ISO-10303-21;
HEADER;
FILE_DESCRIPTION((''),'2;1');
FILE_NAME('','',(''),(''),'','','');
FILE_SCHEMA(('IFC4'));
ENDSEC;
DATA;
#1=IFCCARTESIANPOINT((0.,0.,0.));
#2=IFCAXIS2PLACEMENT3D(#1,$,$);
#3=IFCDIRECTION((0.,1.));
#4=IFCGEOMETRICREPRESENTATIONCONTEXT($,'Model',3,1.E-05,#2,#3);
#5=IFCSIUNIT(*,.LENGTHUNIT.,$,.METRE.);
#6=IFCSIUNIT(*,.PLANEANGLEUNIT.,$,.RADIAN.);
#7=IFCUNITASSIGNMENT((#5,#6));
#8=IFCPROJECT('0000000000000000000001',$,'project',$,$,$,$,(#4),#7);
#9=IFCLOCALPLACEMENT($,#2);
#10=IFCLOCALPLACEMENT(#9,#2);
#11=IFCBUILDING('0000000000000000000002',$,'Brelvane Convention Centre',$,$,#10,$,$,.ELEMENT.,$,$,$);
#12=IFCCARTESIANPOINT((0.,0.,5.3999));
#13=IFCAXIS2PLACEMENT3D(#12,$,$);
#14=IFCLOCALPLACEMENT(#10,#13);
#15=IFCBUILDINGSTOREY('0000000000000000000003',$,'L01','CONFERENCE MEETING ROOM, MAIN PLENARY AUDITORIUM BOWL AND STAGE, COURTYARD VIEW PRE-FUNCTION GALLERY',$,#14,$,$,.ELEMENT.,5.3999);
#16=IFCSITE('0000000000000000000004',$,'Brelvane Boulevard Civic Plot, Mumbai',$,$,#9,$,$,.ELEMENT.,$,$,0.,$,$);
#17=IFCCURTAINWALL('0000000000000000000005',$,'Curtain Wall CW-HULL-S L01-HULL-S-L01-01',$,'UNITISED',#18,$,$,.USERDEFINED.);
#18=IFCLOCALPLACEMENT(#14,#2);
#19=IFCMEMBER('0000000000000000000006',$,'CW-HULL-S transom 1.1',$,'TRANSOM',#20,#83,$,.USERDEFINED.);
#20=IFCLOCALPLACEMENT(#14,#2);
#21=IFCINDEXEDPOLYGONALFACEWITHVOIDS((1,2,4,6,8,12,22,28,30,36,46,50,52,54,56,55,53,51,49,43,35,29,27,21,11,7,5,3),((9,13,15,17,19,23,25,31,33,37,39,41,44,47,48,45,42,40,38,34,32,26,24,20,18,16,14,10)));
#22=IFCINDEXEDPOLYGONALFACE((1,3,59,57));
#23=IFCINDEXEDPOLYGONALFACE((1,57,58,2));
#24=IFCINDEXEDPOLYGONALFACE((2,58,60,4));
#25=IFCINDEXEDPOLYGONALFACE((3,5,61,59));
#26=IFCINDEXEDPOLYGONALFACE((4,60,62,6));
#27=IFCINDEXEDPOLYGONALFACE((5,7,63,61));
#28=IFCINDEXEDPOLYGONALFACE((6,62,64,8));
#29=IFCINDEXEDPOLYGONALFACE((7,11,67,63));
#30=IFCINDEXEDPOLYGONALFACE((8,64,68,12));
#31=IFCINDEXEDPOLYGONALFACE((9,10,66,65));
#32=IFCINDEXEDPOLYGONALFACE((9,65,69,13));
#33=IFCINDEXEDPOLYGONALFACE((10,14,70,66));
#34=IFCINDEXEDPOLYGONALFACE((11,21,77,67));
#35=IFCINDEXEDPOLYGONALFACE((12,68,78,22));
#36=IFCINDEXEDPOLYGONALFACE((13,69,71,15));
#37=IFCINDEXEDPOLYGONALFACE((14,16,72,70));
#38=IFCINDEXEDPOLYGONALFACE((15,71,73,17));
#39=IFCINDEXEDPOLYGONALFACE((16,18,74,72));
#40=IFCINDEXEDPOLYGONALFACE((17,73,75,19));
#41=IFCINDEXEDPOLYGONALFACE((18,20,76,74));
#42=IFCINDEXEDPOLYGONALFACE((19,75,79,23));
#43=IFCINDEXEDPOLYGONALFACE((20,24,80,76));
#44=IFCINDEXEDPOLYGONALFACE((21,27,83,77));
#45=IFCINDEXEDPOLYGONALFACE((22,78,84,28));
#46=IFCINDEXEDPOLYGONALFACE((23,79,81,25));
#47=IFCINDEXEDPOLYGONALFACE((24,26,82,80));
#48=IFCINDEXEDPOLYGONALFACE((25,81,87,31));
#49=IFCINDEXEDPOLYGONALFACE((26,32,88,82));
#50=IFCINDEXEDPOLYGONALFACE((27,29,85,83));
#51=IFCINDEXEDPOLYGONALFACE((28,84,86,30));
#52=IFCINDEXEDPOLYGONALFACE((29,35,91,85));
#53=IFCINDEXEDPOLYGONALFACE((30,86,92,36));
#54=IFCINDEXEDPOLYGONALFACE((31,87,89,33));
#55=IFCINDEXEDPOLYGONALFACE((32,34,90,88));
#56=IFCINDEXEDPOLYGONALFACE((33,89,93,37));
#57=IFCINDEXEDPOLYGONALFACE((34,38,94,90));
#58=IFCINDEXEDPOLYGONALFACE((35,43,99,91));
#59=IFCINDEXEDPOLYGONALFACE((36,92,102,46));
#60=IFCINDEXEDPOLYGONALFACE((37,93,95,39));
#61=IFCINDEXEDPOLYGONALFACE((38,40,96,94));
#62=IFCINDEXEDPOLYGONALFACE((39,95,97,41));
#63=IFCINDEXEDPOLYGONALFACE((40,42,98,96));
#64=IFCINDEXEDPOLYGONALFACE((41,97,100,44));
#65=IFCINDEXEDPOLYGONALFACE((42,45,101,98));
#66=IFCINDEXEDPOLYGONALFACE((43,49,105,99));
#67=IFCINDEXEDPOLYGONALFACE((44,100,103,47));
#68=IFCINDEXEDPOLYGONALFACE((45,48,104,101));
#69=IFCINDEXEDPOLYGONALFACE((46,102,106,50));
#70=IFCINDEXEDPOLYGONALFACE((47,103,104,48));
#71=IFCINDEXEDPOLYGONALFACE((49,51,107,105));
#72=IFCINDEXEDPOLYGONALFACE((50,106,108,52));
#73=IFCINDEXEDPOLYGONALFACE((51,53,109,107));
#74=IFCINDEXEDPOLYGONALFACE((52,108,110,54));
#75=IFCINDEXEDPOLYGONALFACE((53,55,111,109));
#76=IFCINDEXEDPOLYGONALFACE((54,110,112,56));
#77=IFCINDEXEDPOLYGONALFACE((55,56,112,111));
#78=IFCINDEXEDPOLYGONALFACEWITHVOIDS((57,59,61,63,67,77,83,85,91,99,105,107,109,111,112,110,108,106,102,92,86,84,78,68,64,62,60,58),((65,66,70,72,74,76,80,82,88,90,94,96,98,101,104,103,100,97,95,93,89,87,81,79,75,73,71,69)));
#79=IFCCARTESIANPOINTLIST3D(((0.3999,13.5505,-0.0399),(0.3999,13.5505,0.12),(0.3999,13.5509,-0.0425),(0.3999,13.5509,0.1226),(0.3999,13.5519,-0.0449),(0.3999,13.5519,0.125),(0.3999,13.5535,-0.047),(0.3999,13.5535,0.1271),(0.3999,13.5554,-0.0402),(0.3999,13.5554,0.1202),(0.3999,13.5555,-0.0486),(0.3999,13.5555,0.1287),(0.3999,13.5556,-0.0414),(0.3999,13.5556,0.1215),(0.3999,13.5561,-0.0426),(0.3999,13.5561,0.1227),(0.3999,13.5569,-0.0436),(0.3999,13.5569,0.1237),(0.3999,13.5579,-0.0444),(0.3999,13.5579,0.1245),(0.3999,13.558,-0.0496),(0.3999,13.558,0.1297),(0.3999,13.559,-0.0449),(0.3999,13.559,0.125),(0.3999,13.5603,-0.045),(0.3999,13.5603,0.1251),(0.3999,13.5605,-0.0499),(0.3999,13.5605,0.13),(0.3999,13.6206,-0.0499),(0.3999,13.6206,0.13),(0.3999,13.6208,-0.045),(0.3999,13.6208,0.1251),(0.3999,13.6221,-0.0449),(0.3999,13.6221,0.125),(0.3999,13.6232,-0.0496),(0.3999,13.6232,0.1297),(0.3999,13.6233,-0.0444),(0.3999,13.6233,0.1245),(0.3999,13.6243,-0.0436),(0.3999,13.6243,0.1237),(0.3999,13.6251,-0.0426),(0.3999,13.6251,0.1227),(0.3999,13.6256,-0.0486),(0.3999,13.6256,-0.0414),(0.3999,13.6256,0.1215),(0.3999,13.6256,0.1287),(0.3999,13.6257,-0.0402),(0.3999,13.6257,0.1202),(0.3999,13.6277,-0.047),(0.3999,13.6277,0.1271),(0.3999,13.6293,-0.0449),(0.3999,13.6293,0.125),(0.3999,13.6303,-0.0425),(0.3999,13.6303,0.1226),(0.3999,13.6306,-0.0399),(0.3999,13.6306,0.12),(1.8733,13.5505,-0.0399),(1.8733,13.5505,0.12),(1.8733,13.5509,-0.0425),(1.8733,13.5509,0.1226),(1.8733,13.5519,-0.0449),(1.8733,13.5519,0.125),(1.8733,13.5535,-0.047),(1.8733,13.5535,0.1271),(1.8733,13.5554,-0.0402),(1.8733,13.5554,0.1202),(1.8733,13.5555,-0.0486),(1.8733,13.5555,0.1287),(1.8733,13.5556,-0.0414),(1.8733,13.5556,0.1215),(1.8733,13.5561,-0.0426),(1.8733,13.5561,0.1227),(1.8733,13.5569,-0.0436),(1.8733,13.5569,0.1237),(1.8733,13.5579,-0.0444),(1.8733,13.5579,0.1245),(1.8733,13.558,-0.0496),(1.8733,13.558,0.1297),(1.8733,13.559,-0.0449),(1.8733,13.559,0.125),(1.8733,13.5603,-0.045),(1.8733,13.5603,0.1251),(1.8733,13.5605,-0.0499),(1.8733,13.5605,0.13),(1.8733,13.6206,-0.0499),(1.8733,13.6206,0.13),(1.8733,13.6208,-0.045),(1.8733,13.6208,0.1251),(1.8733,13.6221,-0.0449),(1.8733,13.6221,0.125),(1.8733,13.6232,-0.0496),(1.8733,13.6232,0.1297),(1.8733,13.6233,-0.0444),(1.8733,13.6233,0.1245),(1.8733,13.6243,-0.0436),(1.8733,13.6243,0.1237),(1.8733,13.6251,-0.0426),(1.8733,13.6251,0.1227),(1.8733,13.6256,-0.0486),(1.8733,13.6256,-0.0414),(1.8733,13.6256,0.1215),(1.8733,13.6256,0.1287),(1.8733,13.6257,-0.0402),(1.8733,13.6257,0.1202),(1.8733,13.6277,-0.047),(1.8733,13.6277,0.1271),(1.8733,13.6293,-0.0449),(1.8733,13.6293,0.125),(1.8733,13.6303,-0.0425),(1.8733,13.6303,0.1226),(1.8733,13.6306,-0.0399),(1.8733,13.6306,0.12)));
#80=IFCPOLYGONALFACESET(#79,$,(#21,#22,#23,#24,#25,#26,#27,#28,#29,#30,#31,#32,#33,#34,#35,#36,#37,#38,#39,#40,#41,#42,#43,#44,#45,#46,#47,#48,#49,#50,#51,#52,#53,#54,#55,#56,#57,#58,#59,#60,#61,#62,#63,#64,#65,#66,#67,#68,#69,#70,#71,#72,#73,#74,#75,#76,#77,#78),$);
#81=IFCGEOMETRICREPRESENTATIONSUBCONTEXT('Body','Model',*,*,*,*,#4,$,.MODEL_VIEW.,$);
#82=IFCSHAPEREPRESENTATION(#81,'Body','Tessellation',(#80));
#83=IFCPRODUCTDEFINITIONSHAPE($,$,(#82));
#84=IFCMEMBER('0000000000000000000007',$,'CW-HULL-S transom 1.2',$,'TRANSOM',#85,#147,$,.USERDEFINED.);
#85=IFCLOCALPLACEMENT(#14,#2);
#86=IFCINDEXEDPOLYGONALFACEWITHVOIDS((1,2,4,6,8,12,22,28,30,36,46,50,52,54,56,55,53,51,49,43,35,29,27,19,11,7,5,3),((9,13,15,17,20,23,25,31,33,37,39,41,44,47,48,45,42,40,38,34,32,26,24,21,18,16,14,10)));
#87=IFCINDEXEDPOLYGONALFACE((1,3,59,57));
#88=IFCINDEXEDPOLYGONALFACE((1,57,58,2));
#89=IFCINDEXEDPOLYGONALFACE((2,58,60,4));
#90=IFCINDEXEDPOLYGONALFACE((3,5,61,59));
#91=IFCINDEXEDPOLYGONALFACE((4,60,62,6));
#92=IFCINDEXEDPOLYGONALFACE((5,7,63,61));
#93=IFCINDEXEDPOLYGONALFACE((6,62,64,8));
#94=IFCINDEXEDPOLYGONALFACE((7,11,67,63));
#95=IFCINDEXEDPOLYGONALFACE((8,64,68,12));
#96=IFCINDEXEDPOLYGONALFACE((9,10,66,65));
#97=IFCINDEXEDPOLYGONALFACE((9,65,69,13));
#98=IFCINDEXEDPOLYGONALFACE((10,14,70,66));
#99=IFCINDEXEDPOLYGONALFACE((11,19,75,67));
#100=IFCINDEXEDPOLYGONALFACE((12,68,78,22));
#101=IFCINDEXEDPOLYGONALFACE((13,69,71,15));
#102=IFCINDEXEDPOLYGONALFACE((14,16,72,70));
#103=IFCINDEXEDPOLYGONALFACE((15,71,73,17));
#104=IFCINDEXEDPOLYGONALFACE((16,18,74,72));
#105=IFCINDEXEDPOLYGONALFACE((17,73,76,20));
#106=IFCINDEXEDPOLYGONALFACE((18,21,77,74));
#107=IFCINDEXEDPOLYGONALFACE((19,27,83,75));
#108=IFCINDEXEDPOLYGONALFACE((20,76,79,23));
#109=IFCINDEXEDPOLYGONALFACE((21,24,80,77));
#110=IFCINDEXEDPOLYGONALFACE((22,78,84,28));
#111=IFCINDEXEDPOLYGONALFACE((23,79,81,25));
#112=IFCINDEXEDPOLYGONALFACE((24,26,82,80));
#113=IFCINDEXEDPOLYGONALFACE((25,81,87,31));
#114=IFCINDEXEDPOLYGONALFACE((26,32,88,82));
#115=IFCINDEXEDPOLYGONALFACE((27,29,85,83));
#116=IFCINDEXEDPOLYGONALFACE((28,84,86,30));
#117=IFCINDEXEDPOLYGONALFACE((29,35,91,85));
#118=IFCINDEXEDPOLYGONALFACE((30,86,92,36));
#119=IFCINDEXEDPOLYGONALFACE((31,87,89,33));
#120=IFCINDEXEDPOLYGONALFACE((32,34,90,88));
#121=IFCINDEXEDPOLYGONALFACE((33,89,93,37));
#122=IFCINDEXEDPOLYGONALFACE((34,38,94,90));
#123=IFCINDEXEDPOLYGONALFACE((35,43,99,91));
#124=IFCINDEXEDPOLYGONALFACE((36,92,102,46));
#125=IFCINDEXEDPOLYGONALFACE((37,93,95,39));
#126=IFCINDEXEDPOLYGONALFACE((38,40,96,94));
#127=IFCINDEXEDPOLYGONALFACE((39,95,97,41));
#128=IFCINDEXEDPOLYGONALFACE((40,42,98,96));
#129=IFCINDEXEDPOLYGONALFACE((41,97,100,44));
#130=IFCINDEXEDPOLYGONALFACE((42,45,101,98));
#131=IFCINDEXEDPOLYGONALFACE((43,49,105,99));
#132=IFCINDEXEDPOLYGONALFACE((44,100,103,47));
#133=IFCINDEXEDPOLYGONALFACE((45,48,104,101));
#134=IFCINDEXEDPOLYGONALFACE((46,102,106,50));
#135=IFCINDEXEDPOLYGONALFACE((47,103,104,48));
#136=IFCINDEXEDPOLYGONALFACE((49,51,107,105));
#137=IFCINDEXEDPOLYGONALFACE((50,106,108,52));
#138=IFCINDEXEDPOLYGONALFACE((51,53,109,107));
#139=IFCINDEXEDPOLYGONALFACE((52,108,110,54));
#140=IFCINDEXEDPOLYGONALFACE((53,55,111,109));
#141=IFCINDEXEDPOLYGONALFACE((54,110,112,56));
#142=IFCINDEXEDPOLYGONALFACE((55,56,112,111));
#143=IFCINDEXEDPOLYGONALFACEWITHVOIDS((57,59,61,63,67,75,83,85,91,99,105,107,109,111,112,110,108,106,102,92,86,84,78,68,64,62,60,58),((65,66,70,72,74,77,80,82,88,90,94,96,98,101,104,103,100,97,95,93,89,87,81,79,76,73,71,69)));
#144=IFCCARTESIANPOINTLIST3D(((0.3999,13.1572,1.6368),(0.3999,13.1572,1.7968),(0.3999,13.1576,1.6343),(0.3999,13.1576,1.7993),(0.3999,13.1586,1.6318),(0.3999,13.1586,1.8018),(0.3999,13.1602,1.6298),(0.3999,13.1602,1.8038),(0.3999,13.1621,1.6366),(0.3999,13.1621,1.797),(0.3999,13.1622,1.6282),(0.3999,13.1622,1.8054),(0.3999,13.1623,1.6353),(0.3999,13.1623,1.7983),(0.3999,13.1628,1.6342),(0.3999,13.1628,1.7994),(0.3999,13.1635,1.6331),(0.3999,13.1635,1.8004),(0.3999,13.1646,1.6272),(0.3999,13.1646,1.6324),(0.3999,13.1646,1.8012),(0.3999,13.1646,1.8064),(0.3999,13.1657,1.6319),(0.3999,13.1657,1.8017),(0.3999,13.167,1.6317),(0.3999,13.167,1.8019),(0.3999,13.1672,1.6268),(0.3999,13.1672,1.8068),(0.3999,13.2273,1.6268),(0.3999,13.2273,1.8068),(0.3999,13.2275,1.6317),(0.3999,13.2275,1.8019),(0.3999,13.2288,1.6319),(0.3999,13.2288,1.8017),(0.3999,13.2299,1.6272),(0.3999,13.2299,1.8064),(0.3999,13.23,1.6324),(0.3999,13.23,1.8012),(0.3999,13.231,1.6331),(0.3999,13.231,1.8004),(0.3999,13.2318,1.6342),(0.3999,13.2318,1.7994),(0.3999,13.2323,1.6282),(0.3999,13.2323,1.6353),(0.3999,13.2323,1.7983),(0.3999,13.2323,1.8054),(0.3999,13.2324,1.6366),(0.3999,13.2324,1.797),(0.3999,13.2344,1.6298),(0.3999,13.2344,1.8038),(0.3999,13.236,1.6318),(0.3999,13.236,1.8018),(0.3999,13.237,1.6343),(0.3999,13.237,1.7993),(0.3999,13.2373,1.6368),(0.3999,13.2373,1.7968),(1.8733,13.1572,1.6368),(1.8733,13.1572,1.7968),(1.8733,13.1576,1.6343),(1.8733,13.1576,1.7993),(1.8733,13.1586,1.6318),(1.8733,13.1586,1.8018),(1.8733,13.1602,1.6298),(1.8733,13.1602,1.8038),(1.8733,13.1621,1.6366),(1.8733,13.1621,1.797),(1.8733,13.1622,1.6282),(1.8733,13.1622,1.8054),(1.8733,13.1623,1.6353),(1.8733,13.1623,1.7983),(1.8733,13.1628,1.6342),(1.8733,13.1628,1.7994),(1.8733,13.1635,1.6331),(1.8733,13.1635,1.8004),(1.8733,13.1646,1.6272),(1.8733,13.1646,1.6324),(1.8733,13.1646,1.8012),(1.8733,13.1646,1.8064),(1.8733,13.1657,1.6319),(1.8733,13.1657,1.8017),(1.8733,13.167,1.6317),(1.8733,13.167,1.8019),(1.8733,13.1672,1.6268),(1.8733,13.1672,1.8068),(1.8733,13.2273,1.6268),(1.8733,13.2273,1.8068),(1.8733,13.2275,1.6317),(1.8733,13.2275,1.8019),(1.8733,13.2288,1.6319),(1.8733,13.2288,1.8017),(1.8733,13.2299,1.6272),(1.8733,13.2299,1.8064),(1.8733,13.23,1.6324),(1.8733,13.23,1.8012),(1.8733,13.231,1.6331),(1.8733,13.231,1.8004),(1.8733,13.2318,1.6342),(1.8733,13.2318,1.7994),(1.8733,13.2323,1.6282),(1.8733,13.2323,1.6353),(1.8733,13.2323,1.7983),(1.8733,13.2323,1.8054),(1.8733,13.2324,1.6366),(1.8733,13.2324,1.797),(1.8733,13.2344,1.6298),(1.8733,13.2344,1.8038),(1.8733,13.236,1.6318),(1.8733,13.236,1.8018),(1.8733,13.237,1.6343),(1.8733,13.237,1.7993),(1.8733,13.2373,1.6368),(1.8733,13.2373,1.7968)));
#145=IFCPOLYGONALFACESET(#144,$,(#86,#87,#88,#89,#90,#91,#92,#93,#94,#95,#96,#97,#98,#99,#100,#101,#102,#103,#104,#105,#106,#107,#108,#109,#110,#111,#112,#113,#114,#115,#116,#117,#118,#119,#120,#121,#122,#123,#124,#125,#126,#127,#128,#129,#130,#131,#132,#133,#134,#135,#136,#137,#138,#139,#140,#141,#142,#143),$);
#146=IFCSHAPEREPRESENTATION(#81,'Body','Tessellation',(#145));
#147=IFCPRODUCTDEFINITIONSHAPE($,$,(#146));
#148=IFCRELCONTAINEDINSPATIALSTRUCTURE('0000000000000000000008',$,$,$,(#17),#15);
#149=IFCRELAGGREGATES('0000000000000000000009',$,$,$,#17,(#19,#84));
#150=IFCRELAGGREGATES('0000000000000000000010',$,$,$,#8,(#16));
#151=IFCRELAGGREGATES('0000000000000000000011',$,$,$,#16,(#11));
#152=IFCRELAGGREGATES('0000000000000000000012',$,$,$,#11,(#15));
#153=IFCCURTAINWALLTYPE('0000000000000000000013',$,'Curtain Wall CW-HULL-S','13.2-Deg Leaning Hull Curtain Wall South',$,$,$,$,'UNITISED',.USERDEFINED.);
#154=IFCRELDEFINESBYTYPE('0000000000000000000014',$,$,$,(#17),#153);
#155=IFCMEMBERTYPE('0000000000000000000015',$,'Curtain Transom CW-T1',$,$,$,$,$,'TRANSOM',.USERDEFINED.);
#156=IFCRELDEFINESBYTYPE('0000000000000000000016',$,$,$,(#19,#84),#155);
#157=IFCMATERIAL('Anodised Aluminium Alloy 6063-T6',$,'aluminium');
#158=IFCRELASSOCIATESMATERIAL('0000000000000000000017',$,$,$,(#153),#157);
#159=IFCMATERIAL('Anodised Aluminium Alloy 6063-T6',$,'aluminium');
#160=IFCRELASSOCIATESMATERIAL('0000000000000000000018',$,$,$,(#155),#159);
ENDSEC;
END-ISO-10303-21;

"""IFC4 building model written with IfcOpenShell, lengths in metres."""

from ifc_helpers import new_model, si_unit, direction, frame, origin, origin_2d, place, context, subcontext, project, spatial, hollow_rectangle, extrude, material, material_profile, profile_set, type_object, element, aggregate, save


model = new_model("IFC4")

# Units and contexts
model_context = context("Model", 3, precision=1e-05, world=origin(), true_north=direction((0.0, 1.0)))
body_context = subcontext(model_context, "Body", "Model", "MODEL_VIEW")
ifc_project = project(units=[si_unit("LENGTHUNIT", "METRE"), si_unit("PLANEANGLEUNIT", "RADIAN")], contexts=[model_context])

# Site, building, storey
site_placement = place(None, origin())
site = spatial("IfcSite", under=ifc_project, at=site_placement, Name="Brelvane Boulevard Civic Plot, Mumbai", CompositionType="ELEMENT", RefElevation=0.0)
building_placement = place(site_placement, origin())
building = spatial("IfcBuilding", under=site, at=building_placement, Name="Brelvane Convention Centre", CompositionType="ELEMENT")
storey_placement = place(building_placement, frame((0.0, 0.0, 5.3999)))
storey = spatial("IfcBuildingStorey", under=building, at=storey_placement, Name="L01", Description="CONFERENCE MEETING ROOM, MAIN PLENARY AUDITORIUM BOWL AND STAGE, COURTYARD VIEW PRE-FUNCTION GALLERY", CompositionType="ELEMENT", Elevation=5.3999)

# Curtain wall
ifc_material_1 = material(Name="Anodised Aluminium Alloy 6063-T6", Category="aluminium")
curtain_wall_type = type_object("IfcCurtainWallType", Name="Curtain Wall CW-HULL-S", Description="13.2-Deg Leaning Hull Curtain Wall South", ElementType="UNITISED", PredefinedType="USERDEFINED", material=ifc_material_1)
curtain_wall_1_placement = place(storey_placement, origin())
curtain_wall_1 = element("IfcCurtainWall", 1, at=curtain_wall_1_placement, inside=storey, type_object=curtain_wall_type, Name="Curtain Wall CW-HULL-S L01-HULL-S-L01-01", ObjectType="UNITISED", PredefinedType="USERDEFINED")

# Members
ifc_material_2 = material(Name="Anodised Aluminium Alloy 6063-T6", Category="aluminium")
ifc_material_profile_1 = material_profile(ifc_material_2, hollow_rectangle(XDim=0.0801, YDim=0.1799, WallThickness=0.0049, InnerFilletRadius=0.0049, OuterFilletRadius=0.01, at=origin_2d()), Name="ALU-T 180x80x5.0")
ifc_profile_set_1 = profile_set([ifc_material_profile_1], Name="Anodised Aluminium Alloy 6063-T6")
member_type_1 = type_object("IfcMemberType", Name="Curtain Transom CW-T1", ElementType="TRANSOM", PredefinedType="USERDEFINED", material=ifc_profile_set_1)
member_1_placement = place(storey_placement, frame((0.3999, 13.5906, 0.04), z_axis=(1.0, 0.0, 0.0), x_axis=(0.0, 1.0, 0.0)))
member_1 = element("IfcMember", 2, at=member_1_placement, type_object=member_type_1, Name="CW-HULL-S transom 1.1", ObjectType="TRANSOM", PredefinedType="USERDEFINED", context=body_context, shape_type="SweptSolid", body=[
    extrude(hollow_rectangle(XDim=0.0801, YDim=0.1799, WallThickness=0.0049, InnerFilletRadius=0.0049, OuterFilletRadius=0.01, at=origin_2d()), origin(), (0.0, 0.0, 1.0), 1.4734),
])
member_2_placement = place(storey_placement, frame((0.3999, 13.1973, 1.7168), z_axis=(1.0, 0.0, 0.0), x_axis=(0.0, 1.0, 0.0)))
member_2 = element("IfcMember", 3, at=member_2_placement, type_object=member_type_1, Name="CW-HULL-S transom 1.2", ObjectType="TRANSOM", PredefinedType="USERDEFINED", context=body_context, shape_type="SweptSolid", body=[
    extrude(hollow_rectangle(XDim=0.0801, YDim=0.1799, WallThickness=0.0049, InnerFilletRadius=0.0049, OuterFilletRadius=0.01, at=origin_2d()), origin(), (0.0, 0.0, 1.0), 1.4734),
])

aggregate(curtain_wall_1, [member_1, member_2])

save(model, "model.ifc")
